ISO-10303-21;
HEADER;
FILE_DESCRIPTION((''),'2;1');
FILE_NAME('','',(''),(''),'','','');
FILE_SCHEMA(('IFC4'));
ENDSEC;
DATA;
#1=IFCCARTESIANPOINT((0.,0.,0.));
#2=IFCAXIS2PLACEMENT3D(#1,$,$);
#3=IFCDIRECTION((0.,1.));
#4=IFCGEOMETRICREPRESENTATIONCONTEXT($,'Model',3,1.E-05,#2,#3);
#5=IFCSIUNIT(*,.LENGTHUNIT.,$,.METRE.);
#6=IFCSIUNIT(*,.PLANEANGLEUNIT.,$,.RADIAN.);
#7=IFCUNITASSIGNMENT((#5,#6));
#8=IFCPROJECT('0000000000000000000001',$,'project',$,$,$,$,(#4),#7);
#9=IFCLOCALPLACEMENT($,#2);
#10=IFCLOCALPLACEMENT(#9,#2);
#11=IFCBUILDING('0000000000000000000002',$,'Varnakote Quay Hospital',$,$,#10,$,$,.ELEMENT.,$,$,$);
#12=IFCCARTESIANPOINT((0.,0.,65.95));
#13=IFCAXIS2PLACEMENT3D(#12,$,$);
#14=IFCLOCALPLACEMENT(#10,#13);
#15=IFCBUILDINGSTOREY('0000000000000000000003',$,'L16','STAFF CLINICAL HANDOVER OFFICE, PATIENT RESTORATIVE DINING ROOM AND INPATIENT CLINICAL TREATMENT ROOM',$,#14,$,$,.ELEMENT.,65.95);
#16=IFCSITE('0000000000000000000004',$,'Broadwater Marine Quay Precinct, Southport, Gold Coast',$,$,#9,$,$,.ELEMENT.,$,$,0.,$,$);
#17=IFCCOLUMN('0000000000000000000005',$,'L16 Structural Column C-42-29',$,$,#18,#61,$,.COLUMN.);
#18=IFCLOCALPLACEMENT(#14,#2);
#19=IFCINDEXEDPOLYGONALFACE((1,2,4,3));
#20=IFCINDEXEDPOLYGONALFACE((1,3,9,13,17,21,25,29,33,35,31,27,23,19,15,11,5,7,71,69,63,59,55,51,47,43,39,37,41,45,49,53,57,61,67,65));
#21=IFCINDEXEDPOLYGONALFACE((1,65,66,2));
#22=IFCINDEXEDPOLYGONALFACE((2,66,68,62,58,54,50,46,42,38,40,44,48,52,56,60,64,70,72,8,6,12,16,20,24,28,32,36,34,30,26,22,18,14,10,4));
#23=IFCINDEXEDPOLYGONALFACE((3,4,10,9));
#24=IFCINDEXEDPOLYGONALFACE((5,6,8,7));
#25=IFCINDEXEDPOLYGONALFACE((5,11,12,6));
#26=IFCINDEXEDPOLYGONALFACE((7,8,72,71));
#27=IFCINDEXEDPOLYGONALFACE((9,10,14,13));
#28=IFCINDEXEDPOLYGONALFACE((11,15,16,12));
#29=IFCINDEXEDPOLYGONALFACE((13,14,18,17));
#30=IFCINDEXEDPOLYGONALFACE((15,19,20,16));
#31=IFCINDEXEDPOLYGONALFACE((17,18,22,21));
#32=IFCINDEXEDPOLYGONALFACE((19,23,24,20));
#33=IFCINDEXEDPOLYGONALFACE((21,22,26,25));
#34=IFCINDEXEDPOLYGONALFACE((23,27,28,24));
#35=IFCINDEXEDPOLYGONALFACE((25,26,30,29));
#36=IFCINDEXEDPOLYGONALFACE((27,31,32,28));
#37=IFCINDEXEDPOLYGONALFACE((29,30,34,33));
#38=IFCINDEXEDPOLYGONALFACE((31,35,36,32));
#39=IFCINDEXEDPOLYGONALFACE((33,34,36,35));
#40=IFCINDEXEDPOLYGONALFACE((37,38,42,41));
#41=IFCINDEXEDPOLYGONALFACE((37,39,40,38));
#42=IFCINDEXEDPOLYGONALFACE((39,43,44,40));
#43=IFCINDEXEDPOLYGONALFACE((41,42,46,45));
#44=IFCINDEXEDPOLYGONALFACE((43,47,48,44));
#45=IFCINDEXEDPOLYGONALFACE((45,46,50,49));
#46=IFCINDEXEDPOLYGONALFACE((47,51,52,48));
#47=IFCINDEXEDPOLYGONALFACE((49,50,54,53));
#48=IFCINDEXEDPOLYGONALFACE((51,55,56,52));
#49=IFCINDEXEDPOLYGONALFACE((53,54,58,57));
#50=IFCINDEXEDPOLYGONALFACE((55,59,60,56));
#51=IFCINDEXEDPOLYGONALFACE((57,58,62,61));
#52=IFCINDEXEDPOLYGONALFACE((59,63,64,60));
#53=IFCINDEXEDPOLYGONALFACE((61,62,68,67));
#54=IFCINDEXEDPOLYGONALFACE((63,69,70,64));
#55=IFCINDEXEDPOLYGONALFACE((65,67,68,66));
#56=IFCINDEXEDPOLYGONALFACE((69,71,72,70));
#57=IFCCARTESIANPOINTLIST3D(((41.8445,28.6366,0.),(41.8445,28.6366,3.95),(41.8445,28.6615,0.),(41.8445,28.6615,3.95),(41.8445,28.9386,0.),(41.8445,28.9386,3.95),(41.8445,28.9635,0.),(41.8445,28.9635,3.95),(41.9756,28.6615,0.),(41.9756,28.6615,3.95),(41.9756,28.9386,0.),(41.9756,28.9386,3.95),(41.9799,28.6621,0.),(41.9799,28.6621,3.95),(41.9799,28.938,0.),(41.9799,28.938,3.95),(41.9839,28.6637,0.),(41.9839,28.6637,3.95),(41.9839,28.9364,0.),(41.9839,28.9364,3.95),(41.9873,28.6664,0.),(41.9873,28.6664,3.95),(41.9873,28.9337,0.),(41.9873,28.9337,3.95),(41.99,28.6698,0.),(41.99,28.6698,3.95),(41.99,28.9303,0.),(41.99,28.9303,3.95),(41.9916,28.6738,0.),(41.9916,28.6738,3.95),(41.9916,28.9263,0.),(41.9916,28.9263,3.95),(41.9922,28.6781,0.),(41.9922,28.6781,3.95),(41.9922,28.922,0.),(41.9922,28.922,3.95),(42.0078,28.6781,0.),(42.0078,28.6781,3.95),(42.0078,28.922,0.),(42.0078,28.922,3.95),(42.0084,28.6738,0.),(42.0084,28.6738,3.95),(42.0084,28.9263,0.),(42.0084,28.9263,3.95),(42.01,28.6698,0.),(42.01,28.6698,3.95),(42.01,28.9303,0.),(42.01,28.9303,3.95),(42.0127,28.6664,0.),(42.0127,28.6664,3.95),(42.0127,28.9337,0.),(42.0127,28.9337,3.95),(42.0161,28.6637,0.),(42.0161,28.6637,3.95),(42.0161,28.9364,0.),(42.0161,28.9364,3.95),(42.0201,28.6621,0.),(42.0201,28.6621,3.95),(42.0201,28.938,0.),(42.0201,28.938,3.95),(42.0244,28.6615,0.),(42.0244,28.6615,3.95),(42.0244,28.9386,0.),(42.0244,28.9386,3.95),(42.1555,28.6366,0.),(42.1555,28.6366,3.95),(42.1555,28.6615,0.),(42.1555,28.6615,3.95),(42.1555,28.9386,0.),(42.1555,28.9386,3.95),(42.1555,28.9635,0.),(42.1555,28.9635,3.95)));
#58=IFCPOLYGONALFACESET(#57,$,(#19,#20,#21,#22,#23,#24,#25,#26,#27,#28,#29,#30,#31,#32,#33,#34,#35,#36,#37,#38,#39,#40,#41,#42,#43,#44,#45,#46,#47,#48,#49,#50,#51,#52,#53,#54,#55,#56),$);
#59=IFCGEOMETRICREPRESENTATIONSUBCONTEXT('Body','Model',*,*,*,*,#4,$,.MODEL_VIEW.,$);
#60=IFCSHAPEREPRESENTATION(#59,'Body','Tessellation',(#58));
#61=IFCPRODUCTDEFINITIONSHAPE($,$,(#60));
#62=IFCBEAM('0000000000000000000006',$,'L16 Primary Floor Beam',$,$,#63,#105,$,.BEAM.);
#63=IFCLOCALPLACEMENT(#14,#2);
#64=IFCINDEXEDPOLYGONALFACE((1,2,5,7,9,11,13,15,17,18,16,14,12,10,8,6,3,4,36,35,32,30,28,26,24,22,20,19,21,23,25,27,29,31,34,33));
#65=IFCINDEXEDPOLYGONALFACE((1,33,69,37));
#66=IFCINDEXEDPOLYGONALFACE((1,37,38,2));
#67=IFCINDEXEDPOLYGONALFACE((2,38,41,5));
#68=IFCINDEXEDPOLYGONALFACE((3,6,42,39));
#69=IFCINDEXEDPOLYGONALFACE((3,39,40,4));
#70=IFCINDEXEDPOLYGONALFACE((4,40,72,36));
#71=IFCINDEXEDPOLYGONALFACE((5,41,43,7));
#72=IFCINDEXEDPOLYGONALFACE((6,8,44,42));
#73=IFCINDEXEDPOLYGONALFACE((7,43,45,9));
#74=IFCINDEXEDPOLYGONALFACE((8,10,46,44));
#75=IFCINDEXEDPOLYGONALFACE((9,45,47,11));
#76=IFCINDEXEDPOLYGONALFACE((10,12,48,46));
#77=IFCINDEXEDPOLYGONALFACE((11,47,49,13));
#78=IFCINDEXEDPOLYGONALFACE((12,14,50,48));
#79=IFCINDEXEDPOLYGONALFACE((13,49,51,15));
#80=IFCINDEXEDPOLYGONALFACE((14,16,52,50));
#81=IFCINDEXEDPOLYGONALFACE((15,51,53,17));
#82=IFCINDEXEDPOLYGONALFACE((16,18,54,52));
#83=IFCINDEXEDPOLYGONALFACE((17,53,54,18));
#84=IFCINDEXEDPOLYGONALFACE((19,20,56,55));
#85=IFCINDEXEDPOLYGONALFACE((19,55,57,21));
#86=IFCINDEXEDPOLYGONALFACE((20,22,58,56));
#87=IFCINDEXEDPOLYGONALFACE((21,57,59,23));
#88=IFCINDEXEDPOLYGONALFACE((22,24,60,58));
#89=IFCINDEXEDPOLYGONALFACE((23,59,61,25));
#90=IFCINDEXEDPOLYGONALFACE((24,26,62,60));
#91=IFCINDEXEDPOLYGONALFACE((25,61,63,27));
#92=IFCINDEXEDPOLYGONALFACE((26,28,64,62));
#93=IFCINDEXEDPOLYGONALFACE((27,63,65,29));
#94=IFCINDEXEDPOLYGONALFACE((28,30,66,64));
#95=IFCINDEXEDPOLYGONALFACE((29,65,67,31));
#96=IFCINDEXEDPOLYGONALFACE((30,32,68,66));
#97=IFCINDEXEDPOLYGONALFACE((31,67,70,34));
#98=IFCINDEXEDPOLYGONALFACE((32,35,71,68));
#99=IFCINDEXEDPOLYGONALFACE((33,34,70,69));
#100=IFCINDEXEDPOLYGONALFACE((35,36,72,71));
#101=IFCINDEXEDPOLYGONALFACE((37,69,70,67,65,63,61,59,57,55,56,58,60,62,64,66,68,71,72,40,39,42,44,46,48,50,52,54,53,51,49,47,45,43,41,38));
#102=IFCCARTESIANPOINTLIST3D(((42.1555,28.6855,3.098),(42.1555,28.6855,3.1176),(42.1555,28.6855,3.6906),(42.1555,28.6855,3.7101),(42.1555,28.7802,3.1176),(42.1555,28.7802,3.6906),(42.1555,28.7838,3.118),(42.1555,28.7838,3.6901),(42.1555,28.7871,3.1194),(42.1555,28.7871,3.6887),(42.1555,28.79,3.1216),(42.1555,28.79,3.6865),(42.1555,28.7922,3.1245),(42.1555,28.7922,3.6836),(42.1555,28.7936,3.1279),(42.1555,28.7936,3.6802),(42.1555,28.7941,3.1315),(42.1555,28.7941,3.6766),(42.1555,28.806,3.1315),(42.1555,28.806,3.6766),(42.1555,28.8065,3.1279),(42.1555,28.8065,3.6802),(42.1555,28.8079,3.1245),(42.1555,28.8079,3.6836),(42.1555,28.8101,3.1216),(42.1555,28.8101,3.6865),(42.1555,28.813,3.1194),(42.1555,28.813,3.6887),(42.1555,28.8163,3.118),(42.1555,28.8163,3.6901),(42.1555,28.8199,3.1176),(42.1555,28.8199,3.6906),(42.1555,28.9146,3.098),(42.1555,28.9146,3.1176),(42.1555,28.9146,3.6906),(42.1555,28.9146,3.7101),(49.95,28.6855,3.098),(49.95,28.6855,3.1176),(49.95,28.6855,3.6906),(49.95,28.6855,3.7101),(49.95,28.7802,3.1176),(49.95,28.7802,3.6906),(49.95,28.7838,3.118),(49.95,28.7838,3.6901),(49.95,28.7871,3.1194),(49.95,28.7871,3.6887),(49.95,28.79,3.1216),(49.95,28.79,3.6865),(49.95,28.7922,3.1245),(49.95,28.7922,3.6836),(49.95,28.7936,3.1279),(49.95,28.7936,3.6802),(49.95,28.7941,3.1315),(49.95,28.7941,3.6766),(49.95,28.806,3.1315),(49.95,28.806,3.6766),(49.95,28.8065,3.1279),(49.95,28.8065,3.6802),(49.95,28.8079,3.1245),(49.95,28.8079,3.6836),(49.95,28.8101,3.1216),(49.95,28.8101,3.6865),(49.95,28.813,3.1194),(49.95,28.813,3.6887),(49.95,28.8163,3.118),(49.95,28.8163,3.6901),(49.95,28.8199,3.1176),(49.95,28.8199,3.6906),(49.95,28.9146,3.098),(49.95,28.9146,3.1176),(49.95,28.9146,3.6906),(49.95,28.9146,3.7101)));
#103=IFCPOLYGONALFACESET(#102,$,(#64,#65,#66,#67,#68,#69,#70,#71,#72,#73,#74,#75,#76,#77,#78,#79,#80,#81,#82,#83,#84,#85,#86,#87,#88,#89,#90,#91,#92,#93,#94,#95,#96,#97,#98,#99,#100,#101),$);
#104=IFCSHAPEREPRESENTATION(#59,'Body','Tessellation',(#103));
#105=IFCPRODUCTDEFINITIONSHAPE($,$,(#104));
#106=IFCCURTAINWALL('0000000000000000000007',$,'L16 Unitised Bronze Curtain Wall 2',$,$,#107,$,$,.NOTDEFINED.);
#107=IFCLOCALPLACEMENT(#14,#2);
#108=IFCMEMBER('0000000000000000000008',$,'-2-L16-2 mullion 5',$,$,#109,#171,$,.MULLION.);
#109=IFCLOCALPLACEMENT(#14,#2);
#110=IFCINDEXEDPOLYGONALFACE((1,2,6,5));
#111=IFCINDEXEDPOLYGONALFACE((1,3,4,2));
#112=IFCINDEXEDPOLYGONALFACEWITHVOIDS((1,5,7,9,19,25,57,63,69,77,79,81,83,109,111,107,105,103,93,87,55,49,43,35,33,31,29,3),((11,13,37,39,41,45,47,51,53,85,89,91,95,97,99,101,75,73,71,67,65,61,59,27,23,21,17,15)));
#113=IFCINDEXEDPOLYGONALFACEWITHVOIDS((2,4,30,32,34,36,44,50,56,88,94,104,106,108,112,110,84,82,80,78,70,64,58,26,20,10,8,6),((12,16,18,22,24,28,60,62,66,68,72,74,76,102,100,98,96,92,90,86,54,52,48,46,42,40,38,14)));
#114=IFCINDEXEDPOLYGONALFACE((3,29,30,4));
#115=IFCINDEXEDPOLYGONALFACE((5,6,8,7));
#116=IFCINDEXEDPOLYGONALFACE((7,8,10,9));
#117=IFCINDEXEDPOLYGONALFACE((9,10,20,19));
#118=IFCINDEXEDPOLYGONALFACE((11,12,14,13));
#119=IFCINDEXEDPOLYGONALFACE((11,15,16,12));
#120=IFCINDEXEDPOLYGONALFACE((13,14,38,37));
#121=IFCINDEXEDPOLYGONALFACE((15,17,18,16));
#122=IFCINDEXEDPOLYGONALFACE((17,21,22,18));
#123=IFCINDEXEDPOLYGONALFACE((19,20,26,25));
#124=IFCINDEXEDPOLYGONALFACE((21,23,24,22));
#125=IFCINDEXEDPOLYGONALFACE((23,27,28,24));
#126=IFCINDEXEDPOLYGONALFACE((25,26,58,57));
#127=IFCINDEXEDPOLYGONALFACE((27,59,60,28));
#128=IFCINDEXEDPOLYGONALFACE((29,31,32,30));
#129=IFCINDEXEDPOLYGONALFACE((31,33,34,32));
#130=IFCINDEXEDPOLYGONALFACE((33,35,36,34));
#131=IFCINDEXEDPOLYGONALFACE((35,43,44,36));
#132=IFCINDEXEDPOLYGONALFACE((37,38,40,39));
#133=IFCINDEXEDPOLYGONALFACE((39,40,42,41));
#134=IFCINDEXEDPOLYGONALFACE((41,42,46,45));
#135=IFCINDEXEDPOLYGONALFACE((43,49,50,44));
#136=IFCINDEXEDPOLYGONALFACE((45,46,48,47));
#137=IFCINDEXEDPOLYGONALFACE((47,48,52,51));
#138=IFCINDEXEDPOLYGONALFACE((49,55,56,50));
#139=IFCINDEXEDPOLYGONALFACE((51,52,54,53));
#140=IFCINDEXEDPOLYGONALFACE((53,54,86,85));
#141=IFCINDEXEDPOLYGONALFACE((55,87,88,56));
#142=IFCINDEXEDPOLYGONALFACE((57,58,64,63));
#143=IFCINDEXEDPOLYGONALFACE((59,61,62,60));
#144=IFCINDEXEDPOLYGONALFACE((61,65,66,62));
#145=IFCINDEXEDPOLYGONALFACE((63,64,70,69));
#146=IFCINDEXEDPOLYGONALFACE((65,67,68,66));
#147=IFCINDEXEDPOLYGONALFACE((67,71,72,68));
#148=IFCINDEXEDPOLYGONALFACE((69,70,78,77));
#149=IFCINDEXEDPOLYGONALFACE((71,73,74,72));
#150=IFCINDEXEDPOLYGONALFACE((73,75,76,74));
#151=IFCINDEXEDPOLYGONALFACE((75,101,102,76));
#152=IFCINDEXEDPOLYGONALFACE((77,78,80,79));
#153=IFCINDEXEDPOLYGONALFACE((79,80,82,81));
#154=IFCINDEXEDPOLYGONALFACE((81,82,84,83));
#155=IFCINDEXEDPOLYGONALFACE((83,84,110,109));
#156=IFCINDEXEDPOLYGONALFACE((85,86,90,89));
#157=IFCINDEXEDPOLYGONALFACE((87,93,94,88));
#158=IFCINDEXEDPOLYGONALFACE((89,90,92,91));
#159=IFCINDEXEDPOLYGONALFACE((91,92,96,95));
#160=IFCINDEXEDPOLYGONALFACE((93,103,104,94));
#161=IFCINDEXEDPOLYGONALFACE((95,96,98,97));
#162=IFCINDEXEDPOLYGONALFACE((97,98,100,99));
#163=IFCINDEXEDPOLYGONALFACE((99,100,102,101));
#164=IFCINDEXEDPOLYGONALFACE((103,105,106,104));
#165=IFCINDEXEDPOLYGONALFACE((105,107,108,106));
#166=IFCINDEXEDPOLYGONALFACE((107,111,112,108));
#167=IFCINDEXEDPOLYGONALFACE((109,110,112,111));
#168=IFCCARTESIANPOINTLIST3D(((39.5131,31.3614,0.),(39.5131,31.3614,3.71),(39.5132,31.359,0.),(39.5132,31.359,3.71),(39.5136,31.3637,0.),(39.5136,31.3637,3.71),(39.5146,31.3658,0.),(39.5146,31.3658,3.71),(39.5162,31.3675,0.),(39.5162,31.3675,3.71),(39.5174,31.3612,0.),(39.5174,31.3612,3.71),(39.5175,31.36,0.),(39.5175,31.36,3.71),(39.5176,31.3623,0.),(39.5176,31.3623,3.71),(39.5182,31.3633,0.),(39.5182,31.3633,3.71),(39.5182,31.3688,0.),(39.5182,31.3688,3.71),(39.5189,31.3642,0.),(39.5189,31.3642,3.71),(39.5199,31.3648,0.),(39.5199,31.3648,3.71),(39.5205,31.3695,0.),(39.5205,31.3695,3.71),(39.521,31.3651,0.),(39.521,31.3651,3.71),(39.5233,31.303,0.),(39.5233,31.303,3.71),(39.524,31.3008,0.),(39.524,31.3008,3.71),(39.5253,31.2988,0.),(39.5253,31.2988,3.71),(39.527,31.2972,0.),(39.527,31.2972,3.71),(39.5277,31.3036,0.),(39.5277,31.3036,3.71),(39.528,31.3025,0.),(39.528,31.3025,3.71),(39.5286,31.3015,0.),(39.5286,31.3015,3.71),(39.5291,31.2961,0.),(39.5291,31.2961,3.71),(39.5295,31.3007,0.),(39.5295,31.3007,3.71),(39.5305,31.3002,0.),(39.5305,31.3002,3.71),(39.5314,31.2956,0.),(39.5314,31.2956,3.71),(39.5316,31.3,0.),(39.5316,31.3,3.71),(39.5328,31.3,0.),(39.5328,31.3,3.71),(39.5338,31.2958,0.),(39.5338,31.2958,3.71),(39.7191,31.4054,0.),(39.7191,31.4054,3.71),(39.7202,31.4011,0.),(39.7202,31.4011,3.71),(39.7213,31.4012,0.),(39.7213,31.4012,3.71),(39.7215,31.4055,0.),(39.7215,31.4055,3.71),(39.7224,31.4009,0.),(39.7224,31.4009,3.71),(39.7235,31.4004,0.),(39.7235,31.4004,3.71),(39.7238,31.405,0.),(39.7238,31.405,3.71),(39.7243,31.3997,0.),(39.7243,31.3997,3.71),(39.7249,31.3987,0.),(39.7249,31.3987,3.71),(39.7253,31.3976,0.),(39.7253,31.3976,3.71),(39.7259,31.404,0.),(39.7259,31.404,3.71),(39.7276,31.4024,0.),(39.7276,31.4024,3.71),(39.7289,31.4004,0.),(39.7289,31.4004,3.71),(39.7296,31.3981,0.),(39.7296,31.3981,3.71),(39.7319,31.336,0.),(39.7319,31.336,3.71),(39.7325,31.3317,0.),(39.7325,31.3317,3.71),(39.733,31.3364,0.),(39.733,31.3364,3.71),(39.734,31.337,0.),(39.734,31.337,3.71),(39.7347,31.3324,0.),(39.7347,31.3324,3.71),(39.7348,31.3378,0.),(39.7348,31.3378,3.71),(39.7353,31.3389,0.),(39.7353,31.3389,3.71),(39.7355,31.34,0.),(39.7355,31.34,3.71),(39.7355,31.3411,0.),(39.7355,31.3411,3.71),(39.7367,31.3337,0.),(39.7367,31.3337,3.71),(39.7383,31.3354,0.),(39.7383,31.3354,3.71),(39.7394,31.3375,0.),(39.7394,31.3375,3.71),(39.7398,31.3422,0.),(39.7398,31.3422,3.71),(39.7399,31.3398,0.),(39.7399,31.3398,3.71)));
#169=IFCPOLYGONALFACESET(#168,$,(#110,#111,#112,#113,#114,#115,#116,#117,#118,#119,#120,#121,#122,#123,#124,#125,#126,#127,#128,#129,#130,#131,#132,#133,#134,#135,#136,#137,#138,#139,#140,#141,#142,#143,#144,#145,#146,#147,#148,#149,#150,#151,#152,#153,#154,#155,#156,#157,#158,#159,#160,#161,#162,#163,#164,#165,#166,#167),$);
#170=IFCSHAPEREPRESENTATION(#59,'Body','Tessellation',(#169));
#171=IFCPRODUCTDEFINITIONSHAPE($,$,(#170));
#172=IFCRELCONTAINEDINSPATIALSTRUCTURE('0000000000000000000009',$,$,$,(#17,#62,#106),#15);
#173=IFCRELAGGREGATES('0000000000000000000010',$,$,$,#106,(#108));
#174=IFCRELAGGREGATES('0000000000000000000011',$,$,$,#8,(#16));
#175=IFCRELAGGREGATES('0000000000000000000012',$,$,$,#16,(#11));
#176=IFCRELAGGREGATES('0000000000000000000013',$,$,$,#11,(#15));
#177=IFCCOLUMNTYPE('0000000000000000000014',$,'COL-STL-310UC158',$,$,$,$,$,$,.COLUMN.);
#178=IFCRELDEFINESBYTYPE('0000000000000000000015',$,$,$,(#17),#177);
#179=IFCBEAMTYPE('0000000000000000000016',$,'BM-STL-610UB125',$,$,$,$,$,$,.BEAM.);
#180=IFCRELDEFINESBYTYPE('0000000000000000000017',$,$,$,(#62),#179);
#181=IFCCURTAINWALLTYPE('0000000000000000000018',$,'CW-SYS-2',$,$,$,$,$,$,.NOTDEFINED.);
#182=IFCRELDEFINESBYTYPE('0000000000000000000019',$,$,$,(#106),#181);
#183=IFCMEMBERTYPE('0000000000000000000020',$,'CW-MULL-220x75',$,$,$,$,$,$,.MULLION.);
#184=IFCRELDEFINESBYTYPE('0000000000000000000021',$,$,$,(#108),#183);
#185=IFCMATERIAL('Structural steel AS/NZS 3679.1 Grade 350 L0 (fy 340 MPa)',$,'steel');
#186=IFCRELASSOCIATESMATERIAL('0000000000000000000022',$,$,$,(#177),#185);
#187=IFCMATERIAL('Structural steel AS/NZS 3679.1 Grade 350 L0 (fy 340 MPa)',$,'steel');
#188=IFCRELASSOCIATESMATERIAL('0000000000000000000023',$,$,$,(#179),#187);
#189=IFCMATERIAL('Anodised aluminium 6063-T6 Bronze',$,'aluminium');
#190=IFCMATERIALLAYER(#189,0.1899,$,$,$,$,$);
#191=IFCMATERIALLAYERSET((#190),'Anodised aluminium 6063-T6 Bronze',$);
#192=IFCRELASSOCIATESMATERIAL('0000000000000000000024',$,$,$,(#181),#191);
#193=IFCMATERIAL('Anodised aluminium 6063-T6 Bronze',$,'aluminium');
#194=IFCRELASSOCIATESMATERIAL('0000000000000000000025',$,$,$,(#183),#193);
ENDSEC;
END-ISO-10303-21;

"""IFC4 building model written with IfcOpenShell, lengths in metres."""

from ifc_helpers import new_model, si_unit, direction, frame, origin, origin_2d, place, context, subcontext, project, spatial, hollow_rectangle, i_section, extrude, material, layer, layer_set, material_profile, profile_set, type_object, element, aggregate, save


model = new_model("IFC4")

# Units and contexts
model_context = context("Model", 3, precision=1e-05, world=origin(), true_north=direction((0.0, 1.0)))
body_context = subcontext(model_context, "Body", "Model", "MODEL_VIEW")
ifc_project = project(units=[si_unit("LENGTHUNIT", "METRE"), si_unit("PLANEANGLEUNIT", "RADIAN")], contexts=[model_context])

# Site, building, storey
site_placement = place(None, origin())
site = spatial("IfcSite", under=ifc_project, at=site_placement, Name="Broadwater Marine Quay Precinct, Southport, Gold Coast", CompositionType="ELEMENT", RefElevation=0.0)
building_placement = place(site_placement, origin())
building = spatial("IfcBuilding", under=site, at=building_placement, Name="Varnakote Quay Hospital", CompositionType="ELEMENT")
storey_placement = place(building_placement, frame((0.0, 0.0, 65.95)))
storey = spatial("IfcBuildingStorey", under=building, at=storey_placement, Name="L16", Description="STAFF CLINICAL HANDOVER OFFICE, PATIENT RESTORATIVE DINING ROOM AND INPATIENT CLINICAL TREATMENT ROOM", CompositionType="ELEMENT", Elevation=65.95)

# Column
ifc_material_1 = material(Name="Structural steel AS/NZS 3679.1 Grade 350 L0 (fy 340 MPa)", Category="steel")
ifc_material_profile_1 = material_profile(ifc_material_1, i_section(OverallWidth=0.311, OverallDepth=0.3269, WebThickness=0.0156, FlangeThickness=0.0249, FilletRadius=0.0166, at=origin_2d()), Name="310UC158")
ifc_profile_set_1 = profile_set([ifc_material_profile_1], Name="Structural steel AS/NZS 3679.1 Grade 350 L0 (fy 340 MPa)")
column_type = type_object("IfcColumnType", Name="COL-STL-310UC158", PredefinedType="COLUMN", material=ifc_profile_set_1)
column_placement = place(storey_placement, frame((42.0, 28.8, 0.0), z_axis=(0.0, 0.0, 1.0), x_axis=(1.0, 0.0, 0.0)))
element("IfcColumn", 1, at=column_placement, inside=storey, type_object=column_type, Name="L16 Structural Column C-42-29", PredefinedType="COLUMN", context=body_context, shape_type="SweptSolid", body=[
    extrude(i_section(OverallWidth=0.311, OverallDepth=0.3269, WebThickness=0.0156, FlangeThickness=0.0249, FilletRadius=0.0166, at=origin_2d()), origin(), (0.0, 0.0, 1.0), 3.95),
])

# Beam
ifc_material_2 = material(Name="Structural steel AS/NZS 3679.1 Grade 350 L0 (fy 340 MPa)", Category="steel")
ifc_material_profile_2 = material_profile(ifc_material_2, i_section(OverallWidth=0.229, OverallDepth=0.6121, WebThickness=0.012, FlangeThickness=0.0195, FilletRadius=0.0139, at=origin_2d()), Name="610UB125")
ifc_profile_set_2 = profile_set([ifc_material_profile_2], Name="Structural steel AS/NZS 3679.1 Grade 350 L0 (fy 340 MPa)")
beam_type_1 = type_object("IfcBeamType", Name="BM-STL-610UB125", PredefinedType="BEAM", material=ifc_profile_set_2)
beam_1_placement = place(storey_placement, frame((42.1555, 28.8, 3.4041), z_axis=(1.0, 0.0, 0.0), x_axis=(0.0, 1.0, 0.0)))
element("IfcBeam", 2, at=beam_1_placement, inside=storey, type_object=beam_type_1, Name="L16 Primary Floor Beam", PredefinedType="BEAM", context=body_context, shape_type="SweptSolid", body=[
    extrude(i_section(OverallWidth=0.229, OverallDepth=0.6121, WebThickness=0.012, FlangeThickness=0.0195, FilletRadius=0.0139, at=origin_2d()), origin(), (0.0, 0.0, 1.0), 7.7944),
])

# Curtain wall, member
ifc_material_3 = material(Name="Anodised aluminium 6063-T6 Bronze", Category="aluminium")
ifc_layer_1 = layer(ifc_material_3, 0.1899)
ifc_layer_set_1 = layer_set([ifc_layer_1], Name="Anodised aluminium 6063-T6 Bronze")
curtain_wall_type = type_object("IfcCurtainWallType", Name="CW-SYS-2", PredefinedType="NOTDEFINED", material=ifc_layer_set_1)
curtain_wall_placement = place(storey_placement, origin())
curtain_wall = element("IfcCurtainWall", 3, at=curtain_wall_placement, inside=storey, type_object=curtain_wall_type, Name="L16 Unitised Bronze Curtain Wall 2", PredefinedType="NOTDEFINED")
ifc_material_4 = material(Name="Anodised aluminium 6063-T6 Bronze", Category="aluminium")
ifc_material_profile_3 = material_profile(ifc_material_4, hollow_rectangle(XDim=0.075, YDim=0.22, WallThickness=0.0044, InnerFilletRadius=0.0044, OuterFilletRadius=0.009, at=origin_2d()), Name="CW-MULL-220x75")
ifc_profile_set_3 = profile_set([ifc_material_profile_3], Name="Anodised aluminium 6063-T6 Bronze")
member_type_1 = type_object("IfcMemberType", Name="CW-MULL-220x75", PredefinedType="MULLION", material=ifc_profile_set_3)
member_1_placement = place(storey_placement, frame((39.6265, 31.3506, 0.0), z_axis=(0.0, 0.0, 1.0), x_axis=(0.177846, -0.984058, 0.0)))
member_1 = element("IfcMember", 4, at=member_1_placement, type_object=member_type_1, Name="-2-L16-2 mullion 5", PredefinedType="MULLION", context=body_context, shape_type="SweptSolid", body=[
    extrude(hollow_rectangle(XDim=0.075, YDim=0.22, WallThickness=0.0044, InnerFilletRadius=0.0044, OuterFilletRadius=0.009, at=origin_2d()), origin(), (0.0, 0.0, 1.0), 3.71),
])

aggregate(curtain_wall, [member_1])

save(model, "model.ifc")
